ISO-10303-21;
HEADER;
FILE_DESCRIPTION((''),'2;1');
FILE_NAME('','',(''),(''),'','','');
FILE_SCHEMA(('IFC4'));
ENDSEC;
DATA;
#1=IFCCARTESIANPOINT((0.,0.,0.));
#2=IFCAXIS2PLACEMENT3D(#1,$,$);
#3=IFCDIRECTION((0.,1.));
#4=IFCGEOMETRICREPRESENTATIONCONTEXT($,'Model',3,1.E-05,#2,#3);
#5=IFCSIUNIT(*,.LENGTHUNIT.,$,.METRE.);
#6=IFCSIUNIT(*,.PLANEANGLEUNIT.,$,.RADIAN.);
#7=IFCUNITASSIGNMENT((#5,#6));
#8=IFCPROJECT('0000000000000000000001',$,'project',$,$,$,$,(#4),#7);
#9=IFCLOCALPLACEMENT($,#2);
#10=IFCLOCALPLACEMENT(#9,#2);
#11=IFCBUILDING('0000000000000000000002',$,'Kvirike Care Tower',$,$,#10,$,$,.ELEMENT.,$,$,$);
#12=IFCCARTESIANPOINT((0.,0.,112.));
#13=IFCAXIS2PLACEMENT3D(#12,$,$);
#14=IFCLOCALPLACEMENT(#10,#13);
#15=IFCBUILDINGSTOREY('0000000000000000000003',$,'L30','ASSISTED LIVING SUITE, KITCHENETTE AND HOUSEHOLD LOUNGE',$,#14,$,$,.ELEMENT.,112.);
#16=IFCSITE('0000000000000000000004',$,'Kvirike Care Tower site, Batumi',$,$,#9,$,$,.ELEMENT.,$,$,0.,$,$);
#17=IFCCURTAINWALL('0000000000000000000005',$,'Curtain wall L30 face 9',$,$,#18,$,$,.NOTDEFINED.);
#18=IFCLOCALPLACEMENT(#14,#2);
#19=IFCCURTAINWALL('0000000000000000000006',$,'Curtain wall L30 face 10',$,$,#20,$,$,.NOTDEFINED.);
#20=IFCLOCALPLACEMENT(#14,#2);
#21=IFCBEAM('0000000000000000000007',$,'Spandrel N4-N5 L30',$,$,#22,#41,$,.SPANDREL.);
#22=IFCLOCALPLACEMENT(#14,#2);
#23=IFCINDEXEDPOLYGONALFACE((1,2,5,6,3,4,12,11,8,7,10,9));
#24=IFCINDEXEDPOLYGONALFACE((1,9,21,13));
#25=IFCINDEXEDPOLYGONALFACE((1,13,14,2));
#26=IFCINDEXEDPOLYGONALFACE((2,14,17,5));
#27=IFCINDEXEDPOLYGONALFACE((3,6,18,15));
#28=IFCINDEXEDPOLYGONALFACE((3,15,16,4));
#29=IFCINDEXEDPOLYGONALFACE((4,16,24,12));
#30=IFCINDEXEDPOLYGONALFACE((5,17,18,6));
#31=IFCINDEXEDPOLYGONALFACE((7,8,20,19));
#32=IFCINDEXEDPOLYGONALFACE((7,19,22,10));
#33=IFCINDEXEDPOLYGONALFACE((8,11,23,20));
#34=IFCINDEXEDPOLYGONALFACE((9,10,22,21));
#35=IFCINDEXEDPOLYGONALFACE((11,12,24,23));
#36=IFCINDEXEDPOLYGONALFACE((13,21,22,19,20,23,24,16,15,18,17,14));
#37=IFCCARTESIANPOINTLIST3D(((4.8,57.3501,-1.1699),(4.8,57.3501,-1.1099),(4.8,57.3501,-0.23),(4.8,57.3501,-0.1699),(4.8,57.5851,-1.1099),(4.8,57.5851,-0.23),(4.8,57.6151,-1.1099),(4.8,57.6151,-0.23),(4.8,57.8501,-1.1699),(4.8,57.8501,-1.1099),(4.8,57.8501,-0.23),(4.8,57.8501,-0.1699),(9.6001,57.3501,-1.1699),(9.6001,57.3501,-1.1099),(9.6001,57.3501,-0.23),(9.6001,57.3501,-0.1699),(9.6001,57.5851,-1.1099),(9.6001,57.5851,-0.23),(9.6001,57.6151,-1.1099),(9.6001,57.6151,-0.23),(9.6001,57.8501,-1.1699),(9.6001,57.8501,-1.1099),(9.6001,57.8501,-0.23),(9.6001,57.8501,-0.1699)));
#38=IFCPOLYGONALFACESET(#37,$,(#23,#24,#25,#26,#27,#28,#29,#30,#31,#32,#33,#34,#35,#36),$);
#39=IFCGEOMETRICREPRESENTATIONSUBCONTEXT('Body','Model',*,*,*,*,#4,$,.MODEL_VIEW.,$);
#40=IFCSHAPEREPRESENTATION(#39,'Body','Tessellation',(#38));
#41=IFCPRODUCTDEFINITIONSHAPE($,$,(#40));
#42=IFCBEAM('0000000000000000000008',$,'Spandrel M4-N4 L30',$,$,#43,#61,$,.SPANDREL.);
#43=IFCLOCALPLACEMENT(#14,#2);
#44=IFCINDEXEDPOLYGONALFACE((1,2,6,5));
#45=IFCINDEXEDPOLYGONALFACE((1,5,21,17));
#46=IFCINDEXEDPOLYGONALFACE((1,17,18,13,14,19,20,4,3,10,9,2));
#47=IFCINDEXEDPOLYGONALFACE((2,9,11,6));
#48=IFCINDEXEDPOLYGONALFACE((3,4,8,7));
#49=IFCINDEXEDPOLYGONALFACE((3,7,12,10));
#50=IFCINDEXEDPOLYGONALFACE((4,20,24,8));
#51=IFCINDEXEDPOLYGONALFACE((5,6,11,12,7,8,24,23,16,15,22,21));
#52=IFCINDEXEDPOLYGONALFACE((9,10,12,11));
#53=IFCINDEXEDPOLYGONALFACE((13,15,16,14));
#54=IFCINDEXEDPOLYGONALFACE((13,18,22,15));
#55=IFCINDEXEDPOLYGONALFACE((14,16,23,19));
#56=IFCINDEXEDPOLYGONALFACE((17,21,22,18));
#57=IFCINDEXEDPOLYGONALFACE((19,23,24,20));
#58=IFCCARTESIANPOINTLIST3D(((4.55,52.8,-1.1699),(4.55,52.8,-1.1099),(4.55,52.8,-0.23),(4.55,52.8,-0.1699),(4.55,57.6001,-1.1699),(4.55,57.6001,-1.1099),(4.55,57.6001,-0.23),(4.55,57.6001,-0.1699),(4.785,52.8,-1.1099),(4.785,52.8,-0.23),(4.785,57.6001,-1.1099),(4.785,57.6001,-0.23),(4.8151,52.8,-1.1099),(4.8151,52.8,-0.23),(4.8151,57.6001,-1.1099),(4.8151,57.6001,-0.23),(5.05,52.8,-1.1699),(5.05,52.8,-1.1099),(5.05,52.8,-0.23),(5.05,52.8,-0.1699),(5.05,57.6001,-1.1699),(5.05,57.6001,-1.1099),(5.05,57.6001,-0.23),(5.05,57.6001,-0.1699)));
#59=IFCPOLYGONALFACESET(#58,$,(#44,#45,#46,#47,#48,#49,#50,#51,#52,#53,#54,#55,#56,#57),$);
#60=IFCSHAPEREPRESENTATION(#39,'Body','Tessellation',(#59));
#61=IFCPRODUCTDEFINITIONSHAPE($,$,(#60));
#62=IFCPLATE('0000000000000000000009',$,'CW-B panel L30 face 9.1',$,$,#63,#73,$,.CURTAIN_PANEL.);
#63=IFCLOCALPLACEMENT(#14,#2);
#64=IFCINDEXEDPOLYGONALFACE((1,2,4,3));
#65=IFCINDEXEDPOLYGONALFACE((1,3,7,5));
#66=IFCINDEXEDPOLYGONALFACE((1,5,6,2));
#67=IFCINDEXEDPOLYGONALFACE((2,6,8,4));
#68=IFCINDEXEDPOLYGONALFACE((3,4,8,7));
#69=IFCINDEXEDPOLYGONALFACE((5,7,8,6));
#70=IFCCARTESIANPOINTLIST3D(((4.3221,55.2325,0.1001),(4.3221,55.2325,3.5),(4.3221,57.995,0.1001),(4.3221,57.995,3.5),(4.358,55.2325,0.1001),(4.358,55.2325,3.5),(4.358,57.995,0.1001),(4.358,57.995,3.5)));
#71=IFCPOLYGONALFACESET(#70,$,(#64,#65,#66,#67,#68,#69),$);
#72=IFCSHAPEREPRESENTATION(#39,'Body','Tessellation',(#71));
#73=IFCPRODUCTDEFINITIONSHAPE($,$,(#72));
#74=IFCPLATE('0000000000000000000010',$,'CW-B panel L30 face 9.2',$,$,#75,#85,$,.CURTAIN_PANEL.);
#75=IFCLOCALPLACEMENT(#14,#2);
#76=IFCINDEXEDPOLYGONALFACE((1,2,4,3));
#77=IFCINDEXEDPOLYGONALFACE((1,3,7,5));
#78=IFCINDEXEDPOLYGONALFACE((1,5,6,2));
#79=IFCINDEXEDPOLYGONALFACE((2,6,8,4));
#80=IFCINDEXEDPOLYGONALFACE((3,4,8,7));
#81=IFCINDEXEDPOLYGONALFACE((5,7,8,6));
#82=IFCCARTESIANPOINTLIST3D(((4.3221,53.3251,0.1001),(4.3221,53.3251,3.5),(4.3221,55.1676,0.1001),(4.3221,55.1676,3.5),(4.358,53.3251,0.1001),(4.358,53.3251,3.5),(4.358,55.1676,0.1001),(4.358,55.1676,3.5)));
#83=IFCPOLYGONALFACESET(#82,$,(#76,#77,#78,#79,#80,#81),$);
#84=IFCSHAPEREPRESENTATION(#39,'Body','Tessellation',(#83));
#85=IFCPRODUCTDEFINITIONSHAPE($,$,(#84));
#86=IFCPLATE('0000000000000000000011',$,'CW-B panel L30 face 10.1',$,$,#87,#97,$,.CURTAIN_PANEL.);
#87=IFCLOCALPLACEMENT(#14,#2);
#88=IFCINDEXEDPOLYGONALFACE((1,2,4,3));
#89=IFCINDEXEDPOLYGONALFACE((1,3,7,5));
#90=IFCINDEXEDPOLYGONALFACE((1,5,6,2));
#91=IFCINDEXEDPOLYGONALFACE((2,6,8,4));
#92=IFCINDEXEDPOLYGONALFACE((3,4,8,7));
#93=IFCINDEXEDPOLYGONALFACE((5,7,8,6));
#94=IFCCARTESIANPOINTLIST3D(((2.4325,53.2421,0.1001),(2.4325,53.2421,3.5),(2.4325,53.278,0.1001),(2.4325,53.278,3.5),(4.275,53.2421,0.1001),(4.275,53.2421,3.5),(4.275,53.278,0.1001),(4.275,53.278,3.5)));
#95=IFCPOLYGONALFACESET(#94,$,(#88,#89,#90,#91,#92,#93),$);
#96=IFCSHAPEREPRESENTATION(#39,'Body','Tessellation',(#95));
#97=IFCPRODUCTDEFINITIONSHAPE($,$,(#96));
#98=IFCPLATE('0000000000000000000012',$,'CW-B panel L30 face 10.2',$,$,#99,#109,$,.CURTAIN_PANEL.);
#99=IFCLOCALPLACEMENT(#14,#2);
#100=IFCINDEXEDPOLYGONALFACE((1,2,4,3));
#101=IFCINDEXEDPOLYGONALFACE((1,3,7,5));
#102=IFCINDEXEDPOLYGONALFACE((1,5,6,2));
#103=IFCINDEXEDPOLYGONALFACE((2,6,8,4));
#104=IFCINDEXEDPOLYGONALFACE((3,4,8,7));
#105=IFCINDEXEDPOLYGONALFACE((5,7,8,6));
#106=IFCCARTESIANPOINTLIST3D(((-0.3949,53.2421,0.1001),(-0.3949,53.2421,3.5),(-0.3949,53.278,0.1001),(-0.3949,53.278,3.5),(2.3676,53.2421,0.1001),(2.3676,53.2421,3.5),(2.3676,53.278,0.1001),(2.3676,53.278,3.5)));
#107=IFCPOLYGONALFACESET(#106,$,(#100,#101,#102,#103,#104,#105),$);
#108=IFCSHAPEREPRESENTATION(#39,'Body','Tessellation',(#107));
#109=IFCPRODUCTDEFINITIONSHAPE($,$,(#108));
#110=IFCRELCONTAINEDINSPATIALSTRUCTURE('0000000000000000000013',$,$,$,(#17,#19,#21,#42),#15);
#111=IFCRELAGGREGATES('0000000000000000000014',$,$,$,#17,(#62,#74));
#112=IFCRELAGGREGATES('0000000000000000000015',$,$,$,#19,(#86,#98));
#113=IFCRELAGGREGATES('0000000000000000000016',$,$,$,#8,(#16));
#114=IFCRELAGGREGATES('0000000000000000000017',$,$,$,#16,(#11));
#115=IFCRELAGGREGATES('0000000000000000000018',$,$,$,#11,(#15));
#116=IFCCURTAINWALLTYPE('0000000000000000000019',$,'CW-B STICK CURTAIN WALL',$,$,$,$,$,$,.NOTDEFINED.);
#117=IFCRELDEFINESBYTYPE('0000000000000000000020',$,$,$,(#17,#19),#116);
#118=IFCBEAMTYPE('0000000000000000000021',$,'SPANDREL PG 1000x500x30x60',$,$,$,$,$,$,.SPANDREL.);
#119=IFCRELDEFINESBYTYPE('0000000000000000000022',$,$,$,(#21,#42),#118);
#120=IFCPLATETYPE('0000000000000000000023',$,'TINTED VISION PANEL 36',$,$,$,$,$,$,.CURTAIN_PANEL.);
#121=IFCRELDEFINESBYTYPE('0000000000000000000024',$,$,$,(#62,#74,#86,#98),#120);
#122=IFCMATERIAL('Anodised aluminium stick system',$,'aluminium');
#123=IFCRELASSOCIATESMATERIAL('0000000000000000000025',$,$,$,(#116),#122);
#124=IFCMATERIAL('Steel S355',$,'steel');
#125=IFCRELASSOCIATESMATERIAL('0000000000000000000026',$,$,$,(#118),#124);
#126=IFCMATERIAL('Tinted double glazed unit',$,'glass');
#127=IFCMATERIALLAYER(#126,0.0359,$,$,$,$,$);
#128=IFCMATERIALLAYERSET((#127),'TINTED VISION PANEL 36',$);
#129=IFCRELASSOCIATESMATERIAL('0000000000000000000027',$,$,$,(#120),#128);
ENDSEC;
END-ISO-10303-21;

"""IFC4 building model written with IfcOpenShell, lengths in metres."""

from ifc_helpers import new_model, si_unit, direction, frame, origin, origin_2d, place, context, subcontext, project, spatial, rectangle, i_section, extrude, material, layer, layer_set, material_profile, profile_set, type_object, element, aggregate, save


model = new_model("IFC4")

# Units and contexts
model_context = context("Model", 3, precision=1e-05, world=origin(), true_north=direction((0.0, 1.0)))
body_context = subcontext(model_context, "Body", "Model", "MODEL_VIEW")
ifc_project = project(units=[si_unit("LENGTHUNIT", "METRE"), si_unit("PLANEANGLEUNIT", "RADIAN")], contexts=[model_context])

# Site, building, storey
site_placement = place(None, origin())
site = spatial("IfcSite", under=ifc_project, at=site_placement, Name="Kvirike Care Tower site, Batumi", CompositionType="ELEMENT", RefElevation=0.0)
building_placement = place(site_placement, origin())
building = spatial("IfcBuilding", under=site, at=building_placement, Name="Kvirike Care Tower", CompositionType="ELEMENT")
storey_placement = place(building_placement, frame((0.0, 0.0, 112.0)))
storey = spatial("IfcBuildingStorey", under=building, at=storey_placement, Name="L30", Description="ASSISTED LIVING SUITE, KITCHENETTE AND HOUSEHOLD LOUNGE", CompositionType="ELEMENT", Elevation=112.0)

# Shared definitions
ifc_material_1 = material(Name="Anodised aluminium stick system", Category="aluminium")
curtain_wall_type = type_object("IfcCurtainWallType", Name="CW-B STICK CURTAIN WALL", PredefinedType="NOTDEFINED", material=ifc_material_1)

# Curtain walls
curtain_wall_1_placement = place(storey_placement, origin())
curtain_wall_1 = element("IfcCurtainWall", 1, at=curtain_wall_1_placement, inside=storey, type_object=curtain_wall_type, Name="Curtain wall L30 face 9", PredefinedType="NOTDEFINED")
curtain_wall_2_placement = place(storey_placement, origin())
curtain_wall_2 = element("IfcCurtainWall", 2, at=curtain_wall_2_placement, inside=storey, type_object=curtain_wall_type, Name="Curtain wall L30 face 10", PredefinedType="NOTDEFINED")

# Beams
ifc_material_2 = material(Name="Steel S355", Category="steel")
ifc_material_profile_1 = material_profile(ifc_material_2, i_section(OverallWidth=0.5, OverallDepth=1.0, WebThickness=0.03, FlangeThickness=0.0601, at=origin_2d()), Name="PG 1000x500x30x60")
ifc_profile_set_1 = profile_set([ifc_material_profile_1], Name="Steel S355")
beam_type = type_object("IfcBeamType", Name="SPANDREL PG 1000x500x30x60", PredefinedType="SPANDREL", material=ifc_profile_set_1)
for number, where, z_axis, x_axis, name in (
    (3, (4.8, 57.6001, -0.6699), (1.0, 0.0, 0.0), (0.0, 1.0, 0.0), "Spandrel N4-N5 L30"),
    (4, (4.8, 52.8, -0.6699), (0.0, 1.0, 0.0), (-1.0, 0.0, 0.0), "Spandrel M4-N4 L30"),
):
    element("IfcBeam", number, at=place(storey_placement, frame(where, z_axis=z_axis, x_axis=x_axis)), inside=storey, type_object=beam_type, Name=name, PredefinedType="SPANDREL", context=body_context, shape_type="SweptSolid", body=[
        extrude(i_section(OverallWidth=0.5, OverallDepth=1.0, WebThickness=0.03, FlangeThickness=0.0601, at=origin_2d()), origin(), (0.0, 0.0, 1.0), 4.8),
    ])

# Plates
ifc_material_3 = material(Name="Tinted double glazed unit", Category="glass")
ifc_layer = layer(ifc_material_3, 0.0359)
ifc_layer_set = layer_set([ifc_layer], Name="TINTED VISION PANEL 36")
plate_type = type_object("IfcPlateType", Name="TINTED VISION PANEL 36", PredefinedType="CURTAIN_PANEL", material=ifc_layer_set)
plate_1_placement = place(storey_placement, frame((4.3401, 56.6138, 0.1001), z_axis=(0.0, 0.0, 1.0), x_axis=(0.0, -1.0, 0.0)))
plate_1 = element("IfcPlate", 5, at=plate_1_placement, type_object=plate_type, Name="CW-B panel L30 face 9.1", PredefinedType="CURTAIN_PANEL", context=body_context, shape_type="SweptSolid", body=[
    extrude(rectangle(XDim=2.7625, YDim=0.0359, at=origin_2d()), origin(), (0.0, 0.0, 1.0), 3.3999),
])
plate_2_placement = place(storey_placement, frame((4.3401, 54.2463, 0.1001), z_axis=(0.0, 0.0, 1.0), x_axis=(0.0, -1.0, 0.0)))
plate_2 = element("IfcPlate", 6, at=plate_2_placement, type_object=plate_type, Name="CW-B panel L30 face 9.2", PredefinedType="CURTAIN_PANEL", context=body_context, shape_type="SweptSolid", body=[
    extrude(rectangle(XDim=1.8425, YDim=0.0359, at=origin_2d()), origin(), (0.0, 0.0, 1.0), 3.3999),
])
aggregate(curtain_wall_1, [plate_1, plate_2])
plate_3_placement = place(storey_placement, frame((3.3538, 53.26, 0.1001), z_axis=(0.0, 0.0, 1.0), x_axis=(-1.0, 0.0, 0.0)))
plate_3 = element("IfcPlate", 7, at=plate_3_placement, type_object=plate_type, Name="CW-B panel L30 face 10.1", PredefinedType="CURTAIN_PANEL", context=body_context, shape_type="SweptSolid", body=[
    extrude(rectangle(XDim=1.8425, YDim=0.0359, at=origin_2d()), origin(), (0.0, 0.0, 1.0), 3.3999),
])
plate_4_placement = place(storey_placement, frame((0.9863, 53.26, 0.1001), z_axis=(0.0, 0.0, 1.0), x_axis=(-1.0, 0.0, 0.0)))
plate_4 = element("IfcPlate", 8, at=plate_4_placement, type_object=plate_type, Name="CW-B panel L30 face 10.2", PredefinedType="CURTAIN_PANEL", context=body_context, shape_type="SweptSolid", body=[
    extrude(rectangle(XDim=2.7625, YDim=0.0359, at=origin_2d()), origin(), (0.0, 0.0, 1.0), 3.3999),
])
aggregate(curtain_wall_2, [plate_3, plate_4])

save(model, "model.ifc")
